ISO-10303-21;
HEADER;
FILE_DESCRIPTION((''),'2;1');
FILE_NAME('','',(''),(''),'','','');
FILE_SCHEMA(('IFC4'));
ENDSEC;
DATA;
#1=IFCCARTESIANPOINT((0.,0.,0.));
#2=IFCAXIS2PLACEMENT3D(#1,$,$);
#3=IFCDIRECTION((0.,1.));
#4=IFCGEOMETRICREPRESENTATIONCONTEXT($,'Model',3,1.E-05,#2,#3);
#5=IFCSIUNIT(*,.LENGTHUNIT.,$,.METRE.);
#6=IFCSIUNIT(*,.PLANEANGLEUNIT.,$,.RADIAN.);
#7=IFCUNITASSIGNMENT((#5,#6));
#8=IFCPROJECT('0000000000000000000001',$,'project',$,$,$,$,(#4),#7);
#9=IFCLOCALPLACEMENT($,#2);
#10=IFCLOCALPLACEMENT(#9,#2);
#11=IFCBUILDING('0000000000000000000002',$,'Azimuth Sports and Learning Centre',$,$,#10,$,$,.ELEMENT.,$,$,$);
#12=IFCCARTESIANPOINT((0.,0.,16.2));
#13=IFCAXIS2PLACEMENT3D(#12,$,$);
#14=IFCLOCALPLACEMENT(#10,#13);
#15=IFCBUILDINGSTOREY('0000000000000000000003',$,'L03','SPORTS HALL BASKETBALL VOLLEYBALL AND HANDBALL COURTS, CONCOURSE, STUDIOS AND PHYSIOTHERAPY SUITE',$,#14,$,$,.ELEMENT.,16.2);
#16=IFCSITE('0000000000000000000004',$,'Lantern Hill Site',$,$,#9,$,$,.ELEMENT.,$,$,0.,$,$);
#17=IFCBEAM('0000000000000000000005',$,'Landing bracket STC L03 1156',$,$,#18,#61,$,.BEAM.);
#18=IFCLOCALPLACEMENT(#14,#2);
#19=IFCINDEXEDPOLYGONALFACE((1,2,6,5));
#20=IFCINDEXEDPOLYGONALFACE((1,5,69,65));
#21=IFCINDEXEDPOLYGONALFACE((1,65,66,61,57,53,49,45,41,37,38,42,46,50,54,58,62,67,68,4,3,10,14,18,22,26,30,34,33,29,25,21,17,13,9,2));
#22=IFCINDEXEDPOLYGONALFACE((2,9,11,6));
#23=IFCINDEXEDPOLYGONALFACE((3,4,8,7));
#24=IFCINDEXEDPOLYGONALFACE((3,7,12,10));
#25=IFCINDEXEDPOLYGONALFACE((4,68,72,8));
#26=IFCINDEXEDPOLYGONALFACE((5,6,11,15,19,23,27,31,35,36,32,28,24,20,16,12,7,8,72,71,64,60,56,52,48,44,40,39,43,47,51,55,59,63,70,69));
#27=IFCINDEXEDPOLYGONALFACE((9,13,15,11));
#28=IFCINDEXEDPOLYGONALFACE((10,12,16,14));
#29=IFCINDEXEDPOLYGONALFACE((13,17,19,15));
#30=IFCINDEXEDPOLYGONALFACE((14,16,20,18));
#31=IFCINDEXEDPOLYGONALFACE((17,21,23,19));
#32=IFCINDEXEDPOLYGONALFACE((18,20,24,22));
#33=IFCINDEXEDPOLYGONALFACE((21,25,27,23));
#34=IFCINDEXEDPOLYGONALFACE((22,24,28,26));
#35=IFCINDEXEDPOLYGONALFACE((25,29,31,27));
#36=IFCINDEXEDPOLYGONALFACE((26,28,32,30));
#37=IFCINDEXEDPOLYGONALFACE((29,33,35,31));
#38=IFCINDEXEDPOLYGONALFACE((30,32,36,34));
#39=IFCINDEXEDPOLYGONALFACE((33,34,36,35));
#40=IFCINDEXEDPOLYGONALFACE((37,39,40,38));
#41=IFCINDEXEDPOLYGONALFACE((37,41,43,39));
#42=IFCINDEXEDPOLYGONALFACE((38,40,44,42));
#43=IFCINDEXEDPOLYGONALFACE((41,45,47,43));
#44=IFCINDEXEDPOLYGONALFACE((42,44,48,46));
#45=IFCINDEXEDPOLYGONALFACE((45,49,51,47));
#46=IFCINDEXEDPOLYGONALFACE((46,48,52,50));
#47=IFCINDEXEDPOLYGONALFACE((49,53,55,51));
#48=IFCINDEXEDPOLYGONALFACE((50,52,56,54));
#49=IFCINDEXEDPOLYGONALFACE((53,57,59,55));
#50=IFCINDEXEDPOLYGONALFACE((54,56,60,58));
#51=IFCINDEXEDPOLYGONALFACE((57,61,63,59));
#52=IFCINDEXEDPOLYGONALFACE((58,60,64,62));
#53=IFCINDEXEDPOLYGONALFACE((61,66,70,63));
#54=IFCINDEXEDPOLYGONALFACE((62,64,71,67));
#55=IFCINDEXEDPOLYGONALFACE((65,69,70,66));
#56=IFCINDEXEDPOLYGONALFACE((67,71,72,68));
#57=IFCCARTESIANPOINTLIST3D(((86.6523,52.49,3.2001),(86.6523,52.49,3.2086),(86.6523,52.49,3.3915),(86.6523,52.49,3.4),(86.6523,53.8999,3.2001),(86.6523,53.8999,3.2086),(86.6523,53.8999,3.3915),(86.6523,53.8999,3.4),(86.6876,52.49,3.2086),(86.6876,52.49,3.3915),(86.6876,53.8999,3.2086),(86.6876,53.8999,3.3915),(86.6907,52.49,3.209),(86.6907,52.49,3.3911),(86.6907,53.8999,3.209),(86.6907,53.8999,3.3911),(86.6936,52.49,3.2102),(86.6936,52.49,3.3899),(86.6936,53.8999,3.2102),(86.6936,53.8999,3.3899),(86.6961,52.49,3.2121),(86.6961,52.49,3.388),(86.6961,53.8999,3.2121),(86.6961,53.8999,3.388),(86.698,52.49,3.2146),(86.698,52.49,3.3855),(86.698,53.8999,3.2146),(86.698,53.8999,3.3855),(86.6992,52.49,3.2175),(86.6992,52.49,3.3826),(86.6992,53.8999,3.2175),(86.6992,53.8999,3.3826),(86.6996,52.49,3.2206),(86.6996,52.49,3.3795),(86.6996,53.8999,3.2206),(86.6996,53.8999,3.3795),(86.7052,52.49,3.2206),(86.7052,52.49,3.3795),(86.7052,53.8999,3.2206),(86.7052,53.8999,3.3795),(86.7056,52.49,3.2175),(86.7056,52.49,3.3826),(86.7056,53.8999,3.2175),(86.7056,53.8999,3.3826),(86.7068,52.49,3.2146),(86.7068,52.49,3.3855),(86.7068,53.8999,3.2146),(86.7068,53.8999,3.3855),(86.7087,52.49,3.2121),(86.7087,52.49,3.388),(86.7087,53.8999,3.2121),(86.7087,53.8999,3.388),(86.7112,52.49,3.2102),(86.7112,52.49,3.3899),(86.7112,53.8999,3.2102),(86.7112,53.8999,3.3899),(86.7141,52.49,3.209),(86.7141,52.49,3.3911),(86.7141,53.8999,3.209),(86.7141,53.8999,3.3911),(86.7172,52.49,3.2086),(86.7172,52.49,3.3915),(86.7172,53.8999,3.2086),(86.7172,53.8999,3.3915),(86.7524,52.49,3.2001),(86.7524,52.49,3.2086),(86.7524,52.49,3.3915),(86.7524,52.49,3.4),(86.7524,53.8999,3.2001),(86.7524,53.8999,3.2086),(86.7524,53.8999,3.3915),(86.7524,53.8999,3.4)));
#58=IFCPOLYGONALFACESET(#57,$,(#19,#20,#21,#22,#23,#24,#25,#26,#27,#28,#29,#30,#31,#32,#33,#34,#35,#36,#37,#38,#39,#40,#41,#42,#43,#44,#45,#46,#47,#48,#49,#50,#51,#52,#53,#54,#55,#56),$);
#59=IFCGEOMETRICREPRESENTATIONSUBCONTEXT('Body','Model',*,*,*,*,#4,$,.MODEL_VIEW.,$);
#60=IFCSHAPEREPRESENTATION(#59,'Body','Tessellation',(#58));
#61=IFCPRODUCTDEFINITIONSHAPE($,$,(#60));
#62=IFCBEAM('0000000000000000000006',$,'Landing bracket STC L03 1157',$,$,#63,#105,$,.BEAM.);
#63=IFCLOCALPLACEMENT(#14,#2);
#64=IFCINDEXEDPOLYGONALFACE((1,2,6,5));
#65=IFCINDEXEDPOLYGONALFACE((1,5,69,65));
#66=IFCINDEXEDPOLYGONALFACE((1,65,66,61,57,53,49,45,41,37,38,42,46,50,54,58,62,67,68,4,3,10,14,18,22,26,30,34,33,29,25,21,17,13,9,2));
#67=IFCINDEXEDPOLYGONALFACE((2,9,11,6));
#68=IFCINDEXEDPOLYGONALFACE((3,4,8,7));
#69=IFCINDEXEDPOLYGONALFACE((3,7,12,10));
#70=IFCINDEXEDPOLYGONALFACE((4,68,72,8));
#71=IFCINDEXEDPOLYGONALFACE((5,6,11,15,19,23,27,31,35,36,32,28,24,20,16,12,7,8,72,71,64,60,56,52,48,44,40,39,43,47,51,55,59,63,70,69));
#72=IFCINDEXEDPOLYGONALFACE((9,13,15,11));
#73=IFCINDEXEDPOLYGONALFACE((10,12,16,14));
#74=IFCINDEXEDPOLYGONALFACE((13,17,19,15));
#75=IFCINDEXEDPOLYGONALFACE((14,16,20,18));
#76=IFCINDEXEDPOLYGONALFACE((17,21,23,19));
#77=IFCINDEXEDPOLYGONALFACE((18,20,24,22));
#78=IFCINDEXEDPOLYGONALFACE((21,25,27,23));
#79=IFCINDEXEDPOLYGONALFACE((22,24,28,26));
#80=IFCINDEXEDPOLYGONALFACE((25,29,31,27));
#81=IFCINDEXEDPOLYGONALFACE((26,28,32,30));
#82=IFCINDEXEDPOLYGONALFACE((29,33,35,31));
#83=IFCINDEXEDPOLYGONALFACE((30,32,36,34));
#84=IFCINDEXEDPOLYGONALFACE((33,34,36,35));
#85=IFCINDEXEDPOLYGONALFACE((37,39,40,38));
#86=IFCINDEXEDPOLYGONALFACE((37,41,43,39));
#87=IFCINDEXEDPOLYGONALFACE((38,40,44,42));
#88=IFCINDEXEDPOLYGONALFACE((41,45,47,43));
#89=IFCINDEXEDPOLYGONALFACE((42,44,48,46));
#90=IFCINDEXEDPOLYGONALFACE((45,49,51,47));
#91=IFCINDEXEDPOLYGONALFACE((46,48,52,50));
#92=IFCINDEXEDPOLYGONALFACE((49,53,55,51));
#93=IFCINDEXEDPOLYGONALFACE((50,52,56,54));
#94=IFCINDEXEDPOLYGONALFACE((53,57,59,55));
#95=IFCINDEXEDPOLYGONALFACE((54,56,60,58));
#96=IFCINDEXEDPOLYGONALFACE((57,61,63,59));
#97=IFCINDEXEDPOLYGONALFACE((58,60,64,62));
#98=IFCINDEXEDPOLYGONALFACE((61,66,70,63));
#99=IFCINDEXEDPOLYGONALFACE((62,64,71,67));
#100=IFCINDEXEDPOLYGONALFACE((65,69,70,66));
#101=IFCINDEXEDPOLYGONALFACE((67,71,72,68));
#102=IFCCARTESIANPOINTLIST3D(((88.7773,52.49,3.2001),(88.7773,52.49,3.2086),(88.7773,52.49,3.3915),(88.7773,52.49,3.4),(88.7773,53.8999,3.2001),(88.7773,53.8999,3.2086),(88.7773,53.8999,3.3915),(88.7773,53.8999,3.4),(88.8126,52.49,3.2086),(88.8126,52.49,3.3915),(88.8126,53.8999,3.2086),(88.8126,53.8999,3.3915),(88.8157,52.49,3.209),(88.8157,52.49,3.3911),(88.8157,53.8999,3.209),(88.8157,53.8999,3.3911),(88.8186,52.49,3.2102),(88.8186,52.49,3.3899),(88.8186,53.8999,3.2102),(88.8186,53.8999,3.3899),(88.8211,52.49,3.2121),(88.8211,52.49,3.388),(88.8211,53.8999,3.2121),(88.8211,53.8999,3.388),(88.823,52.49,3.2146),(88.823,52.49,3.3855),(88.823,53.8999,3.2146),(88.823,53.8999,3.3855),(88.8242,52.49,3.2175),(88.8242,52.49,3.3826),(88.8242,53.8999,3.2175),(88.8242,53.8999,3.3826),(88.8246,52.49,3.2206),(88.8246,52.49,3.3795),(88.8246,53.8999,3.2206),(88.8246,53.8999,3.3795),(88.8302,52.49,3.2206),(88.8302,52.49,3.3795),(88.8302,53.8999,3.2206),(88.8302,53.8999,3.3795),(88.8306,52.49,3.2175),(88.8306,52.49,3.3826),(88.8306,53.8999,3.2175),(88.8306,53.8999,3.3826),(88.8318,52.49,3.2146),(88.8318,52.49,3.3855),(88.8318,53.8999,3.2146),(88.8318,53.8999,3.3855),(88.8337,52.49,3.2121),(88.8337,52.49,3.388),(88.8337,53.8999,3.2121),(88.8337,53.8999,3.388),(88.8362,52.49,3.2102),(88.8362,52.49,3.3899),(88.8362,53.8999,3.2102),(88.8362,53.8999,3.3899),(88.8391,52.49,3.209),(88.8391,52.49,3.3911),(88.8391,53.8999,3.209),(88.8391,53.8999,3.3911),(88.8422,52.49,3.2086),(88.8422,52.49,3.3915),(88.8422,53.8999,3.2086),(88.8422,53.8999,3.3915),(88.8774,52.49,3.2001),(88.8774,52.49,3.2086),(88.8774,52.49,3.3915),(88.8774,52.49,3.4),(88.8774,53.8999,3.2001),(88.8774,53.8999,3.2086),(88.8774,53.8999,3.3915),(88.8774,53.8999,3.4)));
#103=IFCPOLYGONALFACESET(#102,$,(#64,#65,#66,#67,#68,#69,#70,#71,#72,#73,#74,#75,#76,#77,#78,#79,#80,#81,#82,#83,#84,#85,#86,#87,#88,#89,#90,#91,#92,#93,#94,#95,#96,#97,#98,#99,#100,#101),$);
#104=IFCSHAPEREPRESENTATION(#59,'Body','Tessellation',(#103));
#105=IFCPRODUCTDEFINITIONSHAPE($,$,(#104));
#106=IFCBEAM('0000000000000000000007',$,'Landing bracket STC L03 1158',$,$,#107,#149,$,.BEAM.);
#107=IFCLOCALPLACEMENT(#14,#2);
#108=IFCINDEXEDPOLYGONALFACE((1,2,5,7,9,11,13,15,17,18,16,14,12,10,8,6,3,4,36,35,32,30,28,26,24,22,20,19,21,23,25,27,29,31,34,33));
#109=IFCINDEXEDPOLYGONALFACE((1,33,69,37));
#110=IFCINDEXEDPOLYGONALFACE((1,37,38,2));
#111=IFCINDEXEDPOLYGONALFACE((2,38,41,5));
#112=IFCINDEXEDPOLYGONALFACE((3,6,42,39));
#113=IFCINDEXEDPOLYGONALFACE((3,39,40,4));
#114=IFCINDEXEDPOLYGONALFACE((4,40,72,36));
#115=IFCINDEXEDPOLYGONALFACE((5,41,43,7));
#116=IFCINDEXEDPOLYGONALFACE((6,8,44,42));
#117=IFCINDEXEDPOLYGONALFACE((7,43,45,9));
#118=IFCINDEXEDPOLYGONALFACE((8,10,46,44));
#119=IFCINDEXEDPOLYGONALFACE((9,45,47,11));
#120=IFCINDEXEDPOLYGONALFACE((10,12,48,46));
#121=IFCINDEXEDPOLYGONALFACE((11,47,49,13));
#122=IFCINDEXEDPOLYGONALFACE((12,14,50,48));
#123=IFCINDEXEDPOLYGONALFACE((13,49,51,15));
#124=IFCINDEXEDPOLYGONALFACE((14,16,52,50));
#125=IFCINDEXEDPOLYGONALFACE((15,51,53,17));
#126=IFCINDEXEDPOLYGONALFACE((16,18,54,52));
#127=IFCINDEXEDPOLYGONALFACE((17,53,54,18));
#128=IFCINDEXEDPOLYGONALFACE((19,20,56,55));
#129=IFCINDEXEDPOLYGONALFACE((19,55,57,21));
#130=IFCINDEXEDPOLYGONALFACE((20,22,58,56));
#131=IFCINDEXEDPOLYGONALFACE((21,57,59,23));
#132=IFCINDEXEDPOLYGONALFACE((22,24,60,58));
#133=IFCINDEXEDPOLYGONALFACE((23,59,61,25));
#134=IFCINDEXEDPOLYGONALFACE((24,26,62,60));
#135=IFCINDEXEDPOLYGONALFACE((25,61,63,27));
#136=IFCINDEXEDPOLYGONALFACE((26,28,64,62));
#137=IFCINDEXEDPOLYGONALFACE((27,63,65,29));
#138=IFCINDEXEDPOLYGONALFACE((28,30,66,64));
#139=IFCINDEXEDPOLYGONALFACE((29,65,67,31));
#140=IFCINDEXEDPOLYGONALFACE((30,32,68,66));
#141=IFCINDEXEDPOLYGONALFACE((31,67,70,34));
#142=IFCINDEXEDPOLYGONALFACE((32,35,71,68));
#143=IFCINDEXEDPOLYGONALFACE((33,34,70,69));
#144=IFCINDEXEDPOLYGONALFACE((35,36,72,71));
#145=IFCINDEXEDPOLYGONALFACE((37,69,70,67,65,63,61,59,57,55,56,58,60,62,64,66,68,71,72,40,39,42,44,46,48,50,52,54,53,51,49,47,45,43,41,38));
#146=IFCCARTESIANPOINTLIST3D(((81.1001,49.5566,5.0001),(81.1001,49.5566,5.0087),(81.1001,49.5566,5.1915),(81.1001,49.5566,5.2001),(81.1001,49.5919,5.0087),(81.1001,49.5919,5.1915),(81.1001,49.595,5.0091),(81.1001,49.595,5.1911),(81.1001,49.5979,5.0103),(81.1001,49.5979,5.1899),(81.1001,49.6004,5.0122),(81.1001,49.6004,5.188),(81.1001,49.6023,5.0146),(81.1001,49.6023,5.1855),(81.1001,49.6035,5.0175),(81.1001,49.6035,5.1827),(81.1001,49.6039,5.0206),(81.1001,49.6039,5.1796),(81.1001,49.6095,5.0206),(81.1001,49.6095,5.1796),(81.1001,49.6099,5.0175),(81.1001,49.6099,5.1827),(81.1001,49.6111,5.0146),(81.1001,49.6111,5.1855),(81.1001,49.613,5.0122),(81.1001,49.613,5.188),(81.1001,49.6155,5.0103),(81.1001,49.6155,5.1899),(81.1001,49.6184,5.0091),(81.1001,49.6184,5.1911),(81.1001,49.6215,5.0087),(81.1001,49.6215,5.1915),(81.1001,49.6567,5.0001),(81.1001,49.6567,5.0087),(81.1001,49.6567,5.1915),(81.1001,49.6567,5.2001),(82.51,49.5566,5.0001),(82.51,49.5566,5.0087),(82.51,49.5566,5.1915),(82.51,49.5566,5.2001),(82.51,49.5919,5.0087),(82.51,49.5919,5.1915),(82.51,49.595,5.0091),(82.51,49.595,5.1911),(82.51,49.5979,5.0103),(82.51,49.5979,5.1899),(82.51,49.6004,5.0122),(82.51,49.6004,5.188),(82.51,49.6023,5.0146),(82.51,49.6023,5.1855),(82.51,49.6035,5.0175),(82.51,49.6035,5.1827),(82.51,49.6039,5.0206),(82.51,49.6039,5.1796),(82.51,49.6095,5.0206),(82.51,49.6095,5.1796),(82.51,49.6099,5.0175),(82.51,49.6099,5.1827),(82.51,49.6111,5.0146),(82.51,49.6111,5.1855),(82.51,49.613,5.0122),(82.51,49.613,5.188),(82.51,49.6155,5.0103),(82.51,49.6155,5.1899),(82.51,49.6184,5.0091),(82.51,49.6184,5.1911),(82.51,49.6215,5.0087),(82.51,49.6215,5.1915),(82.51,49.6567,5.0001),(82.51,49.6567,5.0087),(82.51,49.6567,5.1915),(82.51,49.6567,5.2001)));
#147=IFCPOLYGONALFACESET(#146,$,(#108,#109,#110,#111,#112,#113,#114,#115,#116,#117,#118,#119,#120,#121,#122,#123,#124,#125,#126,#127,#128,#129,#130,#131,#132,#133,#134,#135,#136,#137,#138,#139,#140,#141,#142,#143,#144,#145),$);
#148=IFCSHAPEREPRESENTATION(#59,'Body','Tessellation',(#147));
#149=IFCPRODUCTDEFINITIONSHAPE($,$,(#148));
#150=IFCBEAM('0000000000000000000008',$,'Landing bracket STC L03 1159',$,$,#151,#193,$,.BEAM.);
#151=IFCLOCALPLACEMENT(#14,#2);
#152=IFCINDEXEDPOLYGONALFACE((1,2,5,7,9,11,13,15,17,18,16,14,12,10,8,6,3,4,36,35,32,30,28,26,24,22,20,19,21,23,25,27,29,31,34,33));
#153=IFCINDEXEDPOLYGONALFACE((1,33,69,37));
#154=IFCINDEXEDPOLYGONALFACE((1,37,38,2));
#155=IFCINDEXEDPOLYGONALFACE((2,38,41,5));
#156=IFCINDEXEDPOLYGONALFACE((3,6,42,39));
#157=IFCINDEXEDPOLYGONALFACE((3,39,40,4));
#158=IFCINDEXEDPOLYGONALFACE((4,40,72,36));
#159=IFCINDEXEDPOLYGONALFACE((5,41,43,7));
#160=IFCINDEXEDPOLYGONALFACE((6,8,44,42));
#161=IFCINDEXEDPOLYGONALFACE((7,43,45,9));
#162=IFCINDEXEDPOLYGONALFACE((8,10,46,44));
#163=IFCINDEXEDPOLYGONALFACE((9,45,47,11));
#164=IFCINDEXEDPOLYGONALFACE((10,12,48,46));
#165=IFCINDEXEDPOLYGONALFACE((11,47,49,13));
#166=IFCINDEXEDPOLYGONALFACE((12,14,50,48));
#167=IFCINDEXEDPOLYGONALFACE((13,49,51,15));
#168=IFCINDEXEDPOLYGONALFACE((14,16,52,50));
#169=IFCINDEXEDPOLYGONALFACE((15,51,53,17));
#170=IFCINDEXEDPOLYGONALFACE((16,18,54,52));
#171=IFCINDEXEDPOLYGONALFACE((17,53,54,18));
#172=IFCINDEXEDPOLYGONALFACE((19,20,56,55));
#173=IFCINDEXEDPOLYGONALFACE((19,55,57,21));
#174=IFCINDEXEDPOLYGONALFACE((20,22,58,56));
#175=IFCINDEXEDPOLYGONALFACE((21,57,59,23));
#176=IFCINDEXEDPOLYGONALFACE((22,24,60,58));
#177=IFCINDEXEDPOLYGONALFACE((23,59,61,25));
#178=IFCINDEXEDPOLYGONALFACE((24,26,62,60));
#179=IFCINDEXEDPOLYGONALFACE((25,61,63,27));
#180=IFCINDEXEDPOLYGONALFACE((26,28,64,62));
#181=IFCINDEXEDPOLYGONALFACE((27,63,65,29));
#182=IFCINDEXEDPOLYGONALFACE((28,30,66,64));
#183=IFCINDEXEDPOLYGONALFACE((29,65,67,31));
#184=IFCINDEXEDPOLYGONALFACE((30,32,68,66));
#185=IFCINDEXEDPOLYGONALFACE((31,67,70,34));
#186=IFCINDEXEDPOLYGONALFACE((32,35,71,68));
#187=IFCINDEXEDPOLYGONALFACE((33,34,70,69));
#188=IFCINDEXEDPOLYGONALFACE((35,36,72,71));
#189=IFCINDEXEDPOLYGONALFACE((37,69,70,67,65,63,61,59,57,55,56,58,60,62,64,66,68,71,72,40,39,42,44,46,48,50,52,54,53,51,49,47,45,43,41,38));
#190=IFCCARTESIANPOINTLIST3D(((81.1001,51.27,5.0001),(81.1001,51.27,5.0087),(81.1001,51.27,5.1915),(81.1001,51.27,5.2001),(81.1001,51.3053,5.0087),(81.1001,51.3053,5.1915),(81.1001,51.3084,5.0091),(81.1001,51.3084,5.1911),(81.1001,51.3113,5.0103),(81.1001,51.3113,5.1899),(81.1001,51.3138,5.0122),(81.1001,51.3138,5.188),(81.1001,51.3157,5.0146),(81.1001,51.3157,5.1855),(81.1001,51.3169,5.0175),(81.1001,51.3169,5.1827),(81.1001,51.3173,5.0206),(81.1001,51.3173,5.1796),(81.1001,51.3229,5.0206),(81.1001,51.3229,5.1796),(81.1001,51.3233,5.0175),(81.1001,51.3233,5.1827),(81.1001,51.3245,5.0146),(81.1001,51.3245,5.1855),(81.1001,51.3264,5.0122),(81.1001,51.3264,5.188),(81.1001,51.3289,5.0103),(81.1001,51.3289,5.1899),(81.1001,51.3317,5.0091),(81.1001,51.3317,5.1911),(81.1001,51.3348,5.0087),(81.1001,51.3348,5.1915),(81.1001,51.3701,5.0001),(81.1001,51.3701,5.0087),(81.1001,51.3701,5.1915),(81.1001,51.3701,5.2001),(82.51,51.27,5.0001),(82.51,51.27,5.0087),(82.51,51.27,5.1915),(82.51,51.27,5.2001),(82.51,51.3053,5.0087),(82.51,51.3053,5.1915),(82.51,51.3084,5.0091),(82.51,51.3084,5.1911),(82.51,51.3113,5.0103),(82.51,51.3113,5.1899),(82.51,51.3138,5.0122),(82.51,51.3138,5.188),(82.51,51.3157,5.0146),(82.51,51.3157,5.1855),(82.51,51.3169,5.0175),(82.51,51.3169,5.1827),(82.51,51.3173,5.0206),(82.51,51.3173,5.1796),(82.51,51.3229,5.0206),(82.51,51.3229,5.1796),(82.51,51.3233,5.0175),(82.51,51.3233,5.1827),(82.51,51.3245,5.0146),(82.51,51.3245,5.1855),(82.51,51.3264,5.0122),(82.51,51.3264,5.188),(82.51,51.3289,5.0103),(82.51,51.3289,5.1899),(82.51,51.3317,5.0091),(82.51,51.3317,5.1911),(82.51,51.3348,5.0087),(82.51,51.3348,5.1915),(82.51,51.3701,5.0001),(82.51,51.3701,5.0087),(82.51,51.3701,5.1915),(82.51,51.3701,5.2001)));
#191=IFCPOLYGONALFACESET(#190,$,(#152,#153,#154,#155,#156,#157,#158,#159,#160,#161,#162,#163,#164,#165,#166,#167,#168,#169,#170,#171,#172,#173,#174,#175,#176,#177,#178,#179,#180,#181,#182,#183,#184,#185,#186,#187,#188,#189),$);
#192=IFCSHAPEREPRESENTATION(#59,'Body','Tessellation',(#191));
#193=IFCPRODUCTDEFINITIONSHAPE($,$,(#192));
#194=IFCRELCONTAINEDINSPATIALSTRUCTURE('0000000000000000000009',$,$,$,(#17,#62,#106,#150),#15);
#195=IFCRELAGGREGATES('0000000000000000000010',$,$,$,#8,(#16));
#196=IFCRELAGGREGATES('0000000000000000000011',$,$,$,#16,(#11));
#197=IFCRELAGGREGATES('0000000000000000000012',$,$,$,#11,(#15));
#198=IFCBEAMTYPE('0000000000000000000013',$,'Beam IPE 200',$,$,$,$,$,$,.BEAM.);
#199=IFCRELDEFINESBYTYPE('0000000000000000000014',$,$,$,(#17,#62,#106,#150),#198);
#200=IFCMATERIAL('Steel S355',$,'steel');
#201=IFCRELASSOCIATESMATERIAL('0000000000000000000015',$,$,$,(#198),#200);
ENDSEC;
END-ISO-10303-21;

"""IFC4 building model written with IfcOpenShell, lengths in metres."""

from ifc_helpers import new_model, si_unit, direction, frame, origin, origin_2d, place, context, subcontext, project, spatial, i_section, extrude, material, material_profile, profile_set, type_object, element, save


model = new_model("IFC4")

# Units and contexts
model_context = context("Model", 3, precision=1e-05, world=origin(), true_north=direction((0.0, 1.0)))
body_context = subcontext(model_context, "Body", "Model", "MODEL_VIEW")
ifc_project = project(units=[si_unit("LENGTHUNIT", "METRE"), si_unit("PLANEANGLEUNIT", "RADIAN")], contexts=[model_context])

# Site, building, storey
site_placement = place(None, origin())
site = spatial("IfcSite", under=ifc_project, at=site_placement, Name="Lantern Hill Site", CompositionType="ELEMENT", RefElevation=0.0)
building_placement = place(site_placement, origin())
building = spatial("IfcBuilding", under=site, at=building_placement, Name="Azimuth Sports and Learning Centre", CompositionType="ELEMENT")
storey_placement = place(building_placement, frame((0.0, 0.0, 16.2)))
storey = spatial("IfcBuildingStorey", under=building, at=storey_placement, Name="L03", Description="SPORTS HALL BASKETBALL VOLLEYBALL AND HANDBALL COURTS, CONCOURSE, STUDIOS AND PHYSIOTHERAPY SUITE", CompositionType="ELEMENT", Elevation=16.2)

# Beams
ifc_material_1 = material(Name="Steel S355", Category="steel")
ifc_material_profile_1 = material_profile(ifc_material_1, i_section(OverallWidth=0.1001, OverallDepth=0.2, WebThickness=0.0056, FlangeThickness=0.0085, FilletRadius=0.012, at=origin_2d()), Name="IPE 200")
ifc_profile_set_1 = profile_set([ifc_material_profile_1], Name="Steel S355")
beam_type_1 = type_object("IfcBeamType", Name="Beam IPE 200", PredefinedType="BEAM", material=ifc_profile_set_1)
for number, where, z_axis, x_axis, name in (
    (1, (86.7024, 53.8999, 3.3), (0.0, -1.0, 0.0), (1.0, 0.0, 0.0), "Landing bracket STC L03 1156"),
    (2, (88.8274, 53.8999, 3.3), (0.0, -1.0, 0.0), (1.0, 0.0, 0.0), "Landing bracket STC L03 1157"),
    (3, (81.1001, 49.6067, 5.1001), (1.0, 0.0, 0.0), (0.0, 1.0, 0.0), "Landing bracket STC L03 1158"),
    (4, (81.1001, 51.3201, 5.1001), (1.0, 0.0, 0.0), (0.0, 1.0, 0.0), "Landing bracket STC L03 1159"),
):
    element("IfcBeam", number, at=place(storey_placement, frame(where, z_axis=z_axis, x_axis=x_axis)), inside=storey, type_object=beam_type_1, Name=name, PredefinedType="BEAM", context=body_context, shape_type="SweptSolid", body=[
        extrude(i_section(OverallWidth=0.1001, OverallDepth=0.2, WebThickness=0.0056, FlangeThickness=0.0085, FilletRadius=0.012, at=origin_2d()), origin(), (0.0, 0.0, 1.0), 1.4099),
    ])

save(model, "model.ifc")
